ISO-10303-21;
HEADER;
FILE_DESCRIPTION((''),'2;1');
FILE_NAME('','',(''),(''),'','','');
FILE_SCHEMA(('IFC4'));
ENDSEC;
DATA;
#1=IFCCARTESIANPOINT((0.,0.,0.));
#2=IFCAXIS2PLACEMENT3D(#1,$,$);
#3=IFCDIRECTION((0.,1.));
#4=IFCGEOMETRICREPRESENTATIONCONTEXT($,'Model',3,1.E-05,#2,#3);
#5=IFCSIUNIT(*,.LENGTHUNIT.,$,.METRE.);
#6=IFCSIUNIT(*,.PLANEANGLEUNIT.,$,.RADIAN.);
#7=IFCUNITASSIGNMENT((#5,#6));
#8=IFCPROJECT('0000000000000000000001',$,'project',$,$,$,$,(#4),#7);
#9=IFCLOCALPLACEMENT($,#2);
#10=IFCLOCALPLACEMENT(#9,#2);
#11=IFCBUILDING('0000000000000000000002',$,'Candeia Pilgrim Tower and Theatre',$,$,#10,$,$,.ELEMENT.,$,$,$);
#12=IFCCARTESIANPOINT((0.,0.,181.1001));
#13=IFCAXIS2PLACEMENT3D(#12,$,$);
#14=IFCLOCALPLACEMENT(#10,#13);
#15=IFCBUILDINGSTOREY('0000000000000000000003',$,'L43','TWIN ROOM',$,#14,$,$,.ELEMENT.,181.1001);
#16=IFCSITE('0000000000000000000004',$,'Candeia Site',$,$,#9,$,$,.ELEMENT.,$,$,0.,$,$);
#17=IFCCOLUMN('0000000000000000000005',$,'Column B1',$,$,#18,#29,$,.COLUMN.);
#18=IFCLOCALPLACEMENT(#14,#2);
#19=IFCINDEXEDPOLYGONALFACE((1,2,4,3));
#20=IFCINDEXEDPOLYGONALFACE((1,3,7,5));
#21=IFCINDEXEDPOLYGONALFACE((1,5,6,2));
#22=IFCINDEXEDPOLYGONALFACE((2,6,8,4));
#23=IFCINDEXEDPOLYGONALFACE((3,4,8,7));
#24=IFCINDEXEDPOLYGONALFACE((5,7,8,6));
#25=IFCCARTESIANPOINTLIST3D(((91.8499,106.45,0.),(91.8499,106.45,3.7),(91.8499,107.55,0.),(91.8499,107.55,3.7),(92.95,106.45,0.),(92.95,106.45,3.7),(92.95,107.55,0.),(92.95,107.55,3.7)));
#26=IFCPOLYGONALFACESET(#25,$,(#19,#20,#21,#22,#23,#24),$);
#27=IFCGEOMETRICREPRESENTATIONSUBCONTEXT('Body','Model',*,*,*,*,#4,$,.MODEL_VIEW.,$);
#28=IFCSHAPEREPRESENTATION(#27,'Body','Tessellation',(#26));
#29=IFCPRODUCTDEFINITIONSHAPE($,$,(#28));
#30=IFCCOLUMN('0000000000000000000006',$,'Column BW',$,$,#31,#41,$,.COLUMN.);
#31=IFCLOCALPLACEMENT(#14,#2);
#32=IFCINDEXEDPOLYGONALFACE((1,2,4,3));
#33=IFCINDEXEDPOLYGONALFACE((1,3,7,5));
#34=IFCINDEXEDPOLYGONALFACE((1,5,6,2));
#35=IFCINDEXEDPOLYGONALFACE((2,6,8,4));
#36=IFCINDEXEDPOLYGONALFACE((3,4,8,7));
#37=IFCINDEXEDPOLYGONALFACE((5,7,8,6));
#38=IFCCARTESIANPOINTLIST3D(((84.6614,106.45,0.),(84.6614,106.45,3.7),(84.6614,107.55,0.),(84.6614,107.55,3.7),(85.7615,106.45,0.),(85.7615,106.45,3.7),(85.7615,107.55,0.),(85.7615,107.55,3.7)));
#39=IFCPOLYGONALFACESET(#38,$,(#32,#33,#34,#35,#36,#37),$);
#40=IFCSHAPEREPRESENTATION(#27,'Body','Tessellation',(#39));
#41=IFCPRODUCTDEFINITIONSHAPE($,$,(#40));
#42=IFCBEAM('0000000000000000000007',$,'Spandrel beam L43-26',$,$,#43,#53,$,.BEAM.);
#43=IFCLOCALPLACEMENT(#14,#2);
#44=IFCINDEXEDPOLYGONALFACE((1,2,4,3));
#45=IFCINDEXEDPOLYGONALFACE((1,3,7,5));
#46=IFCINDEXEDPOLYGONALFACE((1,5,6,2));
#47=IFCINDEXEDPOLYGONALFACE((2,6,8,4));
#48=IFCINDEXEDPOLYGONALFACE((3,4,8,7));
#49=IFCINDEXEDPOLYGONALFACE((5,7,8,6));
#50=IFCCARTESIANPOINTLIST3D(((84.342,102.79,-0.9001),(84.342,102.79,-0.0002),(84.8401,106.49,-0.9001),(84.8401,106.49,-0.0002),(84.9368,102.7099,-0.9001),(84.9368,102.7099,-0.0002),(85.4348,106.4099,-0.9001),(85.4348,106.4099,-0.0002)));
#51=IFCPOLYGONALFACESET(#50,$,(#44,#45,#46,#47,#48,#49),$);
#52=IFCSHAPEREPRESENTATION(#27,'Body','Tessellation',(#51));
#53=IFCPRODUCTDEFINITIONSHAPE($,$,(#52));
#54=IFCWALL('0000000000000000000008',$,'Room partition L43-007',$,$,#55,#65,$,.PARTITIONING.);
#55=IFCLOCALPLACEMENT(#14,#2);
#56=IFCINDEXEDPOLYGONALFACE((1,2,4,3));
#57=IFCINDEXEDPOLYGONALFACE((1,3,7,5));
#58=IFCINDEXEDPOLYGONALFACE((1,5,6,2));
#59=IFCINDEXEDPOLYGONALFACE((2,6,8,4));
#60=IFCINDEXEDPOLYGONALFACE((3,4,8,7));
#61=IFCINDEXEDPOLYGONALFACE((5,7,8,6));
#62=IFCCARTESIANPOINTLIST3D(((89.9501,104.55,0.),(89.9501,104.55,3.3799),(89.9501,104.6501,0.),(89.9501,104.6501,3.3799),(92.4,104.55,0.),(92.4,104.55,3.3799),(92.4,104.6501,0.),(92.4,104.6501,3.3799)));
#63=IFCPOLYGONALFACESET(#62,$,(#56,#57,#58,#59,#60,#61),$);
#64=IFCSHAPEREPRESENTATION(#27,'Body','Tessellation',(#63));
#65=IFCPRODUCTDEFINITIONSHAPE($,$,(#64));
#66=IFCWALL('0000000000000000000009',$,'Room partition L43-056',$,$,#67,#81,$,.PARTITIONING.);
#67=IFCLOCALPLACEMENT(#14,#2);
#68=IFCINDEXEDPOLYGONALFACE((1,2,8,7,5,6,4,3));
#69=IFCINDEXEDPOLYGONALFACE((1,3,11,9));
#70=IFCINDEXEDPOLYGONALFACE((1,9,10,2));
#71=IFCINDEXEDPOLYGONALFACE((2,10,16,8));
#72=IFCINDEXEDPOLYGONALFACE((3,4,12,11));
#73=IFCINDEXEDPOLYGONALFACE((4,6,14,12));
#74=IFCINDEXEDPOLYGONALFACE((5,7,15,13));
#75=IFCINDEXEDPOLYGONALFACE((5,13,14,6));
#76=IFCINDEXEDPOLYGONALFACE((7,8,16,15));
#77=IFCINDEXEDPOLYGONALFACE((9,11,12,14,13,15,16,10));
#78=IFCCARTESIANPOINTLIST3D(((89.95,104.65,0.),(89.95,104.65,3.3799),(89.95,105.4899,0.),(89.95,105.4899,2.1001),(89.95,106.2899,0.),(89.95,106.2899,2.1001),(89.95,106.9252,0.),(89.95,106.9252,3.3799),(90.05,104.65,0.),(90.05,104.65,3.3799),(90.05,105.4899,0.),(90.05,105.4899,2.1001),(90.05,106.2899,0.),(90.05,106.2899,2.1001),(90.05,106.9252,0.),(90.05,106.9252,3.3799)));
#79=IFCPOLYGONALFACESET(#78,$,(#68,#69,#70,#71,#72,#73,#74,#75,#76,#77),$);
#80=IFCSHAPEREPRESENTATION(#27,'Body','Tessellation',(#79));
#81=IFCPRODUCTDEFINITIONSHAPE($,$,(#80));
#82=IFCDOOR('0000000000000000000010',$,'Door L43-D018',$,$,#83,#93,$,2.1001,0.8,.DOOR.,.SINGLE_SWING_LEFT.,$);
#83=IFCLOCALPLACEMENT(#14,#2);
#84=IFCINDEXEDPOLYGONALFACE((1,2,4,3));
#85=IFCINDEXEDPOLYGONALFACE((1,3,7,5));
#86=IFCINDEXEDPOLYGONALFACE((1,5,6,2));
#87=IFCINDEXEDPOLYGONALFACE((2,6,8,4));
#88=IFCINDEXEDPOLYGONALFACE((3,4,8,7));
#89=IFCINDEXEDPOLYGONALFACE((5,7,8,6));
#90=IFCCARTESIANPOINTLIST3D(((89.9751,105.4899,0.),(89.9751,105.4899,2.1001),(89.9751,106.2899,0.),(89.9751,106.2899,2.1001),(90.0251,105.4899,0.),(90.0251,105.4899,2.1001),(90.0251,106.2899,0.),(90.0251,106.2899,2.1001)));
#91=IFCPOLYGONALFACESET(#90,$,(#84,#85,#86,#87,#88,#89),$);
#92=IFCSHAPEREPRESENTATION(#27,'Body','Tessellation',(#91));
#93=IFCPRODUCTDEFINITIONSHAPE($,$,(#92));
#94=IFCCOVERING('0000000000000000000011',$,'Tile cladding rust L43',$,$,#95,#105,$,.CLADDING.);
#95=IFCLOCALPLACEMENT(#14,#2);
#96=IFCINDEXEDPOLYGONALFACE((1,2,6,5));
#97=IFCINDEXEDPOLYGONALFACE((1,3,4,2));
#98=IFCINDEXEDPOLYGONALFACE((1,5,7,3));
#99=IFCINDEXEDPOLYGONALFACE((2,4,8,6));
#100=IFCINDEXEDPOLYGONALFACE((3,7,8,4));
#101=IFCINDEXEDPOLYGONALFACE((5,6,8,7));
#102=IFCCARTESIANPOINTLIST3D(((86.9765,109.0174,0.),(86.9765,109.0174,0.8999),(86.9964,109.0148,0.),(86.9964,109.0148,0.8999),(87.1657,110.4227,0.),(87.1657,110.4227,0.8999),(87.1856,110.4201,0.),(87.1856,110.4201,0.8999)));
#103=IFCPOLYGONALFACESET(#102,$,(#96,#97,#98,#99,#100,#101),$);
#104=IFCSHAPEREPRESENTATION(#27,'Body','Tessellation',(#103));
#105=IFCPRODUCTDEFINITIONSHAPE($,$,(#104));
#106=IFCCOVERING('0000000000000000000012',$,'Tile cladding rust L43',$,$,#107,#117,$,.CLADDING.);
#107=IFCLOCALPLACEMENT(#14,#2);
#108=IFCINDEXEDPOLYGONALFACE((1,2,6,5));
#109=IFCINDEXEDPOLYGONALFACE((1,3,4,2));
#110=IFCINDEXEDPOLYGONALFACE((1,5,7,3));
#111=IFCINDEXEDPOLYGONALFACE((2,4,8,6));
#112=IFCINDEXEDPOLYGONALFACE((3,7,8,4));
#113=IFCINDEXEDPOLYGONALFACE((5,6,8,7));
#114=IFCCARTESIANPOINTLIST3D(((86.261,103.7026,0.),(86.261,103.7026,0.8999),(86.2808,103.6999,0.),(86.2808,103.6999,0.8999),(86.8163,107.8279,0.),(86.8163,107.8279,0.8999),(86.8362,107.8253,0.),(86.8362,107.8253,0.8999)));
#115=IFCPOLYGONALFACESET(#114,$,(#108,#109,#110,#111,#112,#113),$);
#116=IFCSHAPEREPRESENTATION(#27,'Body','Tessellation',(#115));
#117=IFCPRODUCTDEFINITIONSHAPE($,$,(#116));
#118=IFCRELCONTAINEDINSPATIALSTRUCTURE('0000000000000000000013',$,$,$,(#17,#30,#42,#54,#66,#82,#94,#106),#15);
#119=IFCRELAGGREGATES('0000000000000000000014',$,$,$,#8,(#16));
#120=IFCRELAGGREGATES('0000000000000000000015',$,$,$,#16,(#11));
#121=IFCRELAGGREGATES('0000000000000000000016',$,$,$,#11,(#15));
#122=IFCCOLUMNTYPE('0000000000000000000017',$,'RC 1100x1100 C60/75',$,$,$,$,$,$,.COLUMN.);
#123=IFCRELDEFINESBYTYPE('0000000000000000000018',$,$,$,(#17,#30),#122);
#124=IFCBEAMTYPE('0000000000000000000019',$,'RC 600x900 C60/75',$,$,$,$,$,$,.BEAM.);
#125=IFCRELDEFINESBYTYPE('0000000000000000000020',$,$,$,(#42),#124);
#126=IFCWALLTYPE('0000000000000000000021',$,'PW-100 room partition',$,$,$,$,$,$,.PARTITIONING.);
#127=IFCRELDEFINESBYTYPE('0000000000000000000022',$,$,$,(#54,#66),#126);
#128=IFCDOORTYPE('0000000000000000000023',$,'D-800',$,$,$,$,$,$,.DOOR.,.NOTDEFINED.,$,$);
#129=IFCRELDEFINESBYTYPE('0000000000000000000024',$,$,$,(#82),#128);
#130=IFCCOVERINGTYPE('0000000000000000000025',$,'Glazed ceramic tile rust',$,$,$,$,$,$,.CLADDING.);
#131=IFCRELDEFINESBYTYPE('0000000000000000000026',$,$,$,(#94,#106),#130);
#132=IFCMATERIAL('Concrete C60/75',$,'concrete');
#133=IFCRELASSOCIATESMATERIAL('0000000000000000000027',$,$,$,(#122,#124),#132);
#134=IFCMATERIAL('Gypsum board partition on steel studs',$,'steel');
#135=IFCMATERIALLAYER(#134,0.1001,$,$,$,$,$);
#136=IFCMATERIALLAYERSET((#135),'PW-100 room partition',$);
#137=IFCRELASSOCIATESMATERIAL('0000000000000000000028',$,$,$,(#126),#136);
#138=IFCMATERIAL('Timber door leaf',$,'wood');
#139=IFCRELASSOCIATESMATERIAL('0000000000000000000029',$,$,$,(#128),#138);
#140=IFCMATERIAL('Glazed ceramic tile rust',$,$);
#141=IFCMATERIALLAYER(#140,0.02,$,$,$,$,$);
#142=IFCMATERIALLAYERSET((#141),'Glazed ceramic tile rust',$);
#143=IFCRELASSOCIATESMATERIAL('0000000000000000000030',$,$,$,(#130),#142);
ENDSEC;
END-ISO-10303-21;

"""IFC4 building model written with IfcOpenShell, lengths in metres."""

from ifc_helpers import new_model, si_unit, direction, frame, frame_2d, origin, origin_2d, place, context, subcontext, project, spatial, rectangle, extrude, material, layer, layer_set, material_profile, profile_set, type_object, element, fill, save


model = new_model("IFC4")

# Units and contexts
model_context = context("Model", 3, precision=1e-05, world=origin(), true_north=direction((0.0, 1.0)))
body_context = subcontext(model_context, "Body", "Model", "MODEL_VIEW")
ifc_project = project(units=[si_unit("LENGTHUNIT", "METRE"), si_unit("PLANEANGLEUNIT", "RADIAN")], contexts=[model_context])

# Site, building, storey
site_placement = place(None, origin())
site = spatial("IfcSite", under=ifc_project, at=site_placement, Name="Candeia Site", CompositionType="ELEMENT", RefElevation=0.0)
building_placement = place(site_placement, origin())
building = spatial("IfcBuilding", under=site, at=building_placement, Name="Candeia Pilgrim Tower and Theatre", CompositionType="ELEMENT")
storey_placement = place(building_placement, frame((0.0, 0.0, 181.1001)))
storey = spatial("IfcBuildingStorey", under=building, at=storey_placement, Name="L43", Description="TWIN ROOM", CompositionType="ELEMENT", Elevation=181.1001)

# Columns
ifc_material_1 = material(Name="Concrete C60/75", Category="concrete")
ifc_material_profile_1 = material_profile(ifc_material_1, rectangle(XDim=1.1001, YDim=1.1001, at=origin_2d()))
ifc_profile_set_1 = profile_set([ifc_material_profile_1], Name="Concrete C60/75")
column_type = type_object("IfcColumnType", Name="RC 1100x1100 C60/75", PredefinedType="COLUMN", material=ifc_profile_set_1)
for number, where, z_axis, x_axis, name in (
    (1, (92.3999, 107.0, 0.0), (0.0, 0.0, 1.0), (1.0, 0.0, 0.0), "Column B1"),
    (2, (85.2114, 107.0, 0.0), (0.0, 0.0, 1.0), (1.0, 0.0, 0.0), "Column BW"),
):
    element("IfcColumn", number, at=place(storey_placement, frame(where, z_axis=z_axis, x_axis=x_axis)), inside=storey, type_object=column_type, Name=name, PredefinedType="COLUMN", context=body_context, shape_type="SweptSolid", body=[
        extrude(rectangle(XDim=1.1001, YDim=1.1001, at=origin_2d()), origin(), (0.0, 0.0, 1.0), 3.7),
    ])

# Beam
ifc_material_profile_2 = material_profile(ifc_material_1, rectangle(XDim=0.6001, YDim=0.8999, at=origin_2d()))
ifc_profile_set_2 = profile_set([ifc_material_profile_2], Name="Concrete C60/75")
beam_type = type_object("IfcBeamType", Name="RC 600x900 C60/75", PredefinedType="BEAM", material=ifc_profile_set_2)
beam_placement = place(storey_placement, frame((85.1375, 106.45, -0.4502), z_axis=(-0.133406, -0.991061, 0.0), x_axis=(0.991061, -0.133406, 0.0)))
element("IfcBeam", 3, at=beam_placement, inside=storey, type_object=beam_type, Name="Spandrel beam L43-26", PredefinedType="BEAM", context=body_context, shape_type="SweptSolid", body=[
    extrude(rectangle(XDim=0.6001, YDim=0.8999, at=origin_2d()), origin(), (0.0, 0.0, 1.0), 3.7334),
])

# Wall
ifc_material_2 = material(Name="Gypsum board partition on steel studs", Category="steel")
ifc_layer_1 = layer(ifc_material_2, 0.1001)
ifc_layer_set_1 = layer_set([ifc_layer_1], Name="PW-100 room partition")
wall_type_1 = type_object("IfcWallType", Name="PW-100 room partition", PredefinedType="PARTITIONING", material=ifc_layer_set_1)
wall_1_placement = place(storey_placement, frame((89.95, 104.6001, 0.0), z_axis=(0.0, 0.0, 1.0), x_axis=(1.0, 0.0, 0.0)))
element("IfcWall", 4, at=wall_1_placement, inside=storey, type_object=wall_type_1, Name="Room partition L43-007", PredefinedType="PARTITIONING", context=body_context, shape_type="SweptSolid", body=[
    extrude(rectangle(XDim=2.45, YDim=0.1001, at=frame_2d((1.2251, 0.0))), origin(), (0.0, 0.0, 1.0), 3.3799),
])

# Wall, opening, door
wall_2_placement = place(storey_placement, frame((90.0, 104.6499, 0.0), z_axis=(0.0, 0.0, 1.0), x_axis=(0.0, 1.0, 0.0)))
wall_2 = element("IfcWall", 5, at=wall_2_placement, inside=storey, type_object=wall_type_1, Name="Room partition L43-056", PredefinedType="PARTITIONING", context=body_context, shape_type="SweptSolid", body=[
    extrude(rectangle(XDim=2.2751, YDim=0.1001, at=frame_2d((1.1377, 0.0))), origin(), (0.0, 0.0, 1.0), 3.3799),
])
opening_1_placement = place(wall_2_placement, frame((0.8401, 0.0, 0.0)))
opening_1 = element("IfcOpeningElement", 6, at=opening_1_placement, cuts=wall_2, PredefinedType="OPENING", context=body_context, shape_type="SweptSolid", body=[
    extrude(rectangle(XDim=0.8, YDim=2.1001, at=frame_2d((0.3999, 1.05))), frame((0.0, 0.0601, 0.0), z_axis=(0.0, -1.0, 0.0), x_axis=(1.0, 0.0, 0.0)), (0.0, 0.0, 1.0), 0.1201),
])
ifc_material_3 = material(Name="Timber door leaf", Category="wood")
door_type_1 = type_object("IfcDoorType", Name="D-800", OperationType="NOTDEFINED", PredefinedType="DOOR", material=ifc_material_3)
door_1_placement = place(opening_1_placement, origin())
door_1 = element("IfcDoor", 7, at=door_1_placement, inside=storey, type_object=door_type_1, Name="Door L43-D018", OperationType="SINGLE_SWING_LEFT", OverallHeight=2.1001, OverallWidth=0.8, PredefinedType="DOOR", context=body_context, shape_type="SweptSolid", body=[
    extrude(rectangle(XDim=0.8, YDim=2.1001, at=frame_2d((0.3999, 1.05))), frame((0.0, 0.0249, 0.0), z_axis=(0.0, -1.0, 0.0), x_axis=(1.0, 0.0, 0.0)), (0.0, 0.0, 1.0), 0.05),
])
fill(opening_1, door_1)

# Coverings
ifc_material_4 = material(Name="Glazed ceramic tile rust")
ifc_layer_2 = layer(ifc_material_4, 0.02)
ifc_layer_set_2 = layer_set([ifc_layer_2], Name="Glazed ceramic tile rust")
covering_type = type_object("IfcCoveringType", Name="Glazed ceramic tile rust", PredefinedType="CLADDING", material=ifc_layer_set_2)
covering_1_placement = place(storey_placement, frame((87.0811, 109.7188, 0.0), z_axis=(0.0, 0.0, 1.0), x_axis=(-0.133412, -0.991061, 0.0)))
element("IfcCovering", 8, at=covering_1_placement, inside=storey, type_object=covering_type, Name="Tile cladding rust L43", PredefinedType="CLADDING", context=body_context, shape_type="SweptSolid", body=[
    extrude(rectangle(XDim=1.418, YDim=0.02, at=origin_2d()), origin(), (0.0, 0.0, 1.0), 0.8999),
])
covering_2_placement = place(storey_placement, frame((86.5486, 105.7639, 0.0), z_axis=(0.0, 0.0, 1.0), x_axis=(-0.133412, -0.991061, 0.0)))
element("IfcCovering", 9, at=covering_2_placement, inside=storey, type_object=covering_type, Name="Tile cladding rust L43", PredefinedType="CLADDING", context=body_context, shape_type="SweptSolid", body=[
    extrude(rectangle(XDim=4.1626, YDim=0.02, at=origin_2d()), origin(), (0.0, 0.0, 1.0), 0.8999),
])

save(model, "model.ifc")
